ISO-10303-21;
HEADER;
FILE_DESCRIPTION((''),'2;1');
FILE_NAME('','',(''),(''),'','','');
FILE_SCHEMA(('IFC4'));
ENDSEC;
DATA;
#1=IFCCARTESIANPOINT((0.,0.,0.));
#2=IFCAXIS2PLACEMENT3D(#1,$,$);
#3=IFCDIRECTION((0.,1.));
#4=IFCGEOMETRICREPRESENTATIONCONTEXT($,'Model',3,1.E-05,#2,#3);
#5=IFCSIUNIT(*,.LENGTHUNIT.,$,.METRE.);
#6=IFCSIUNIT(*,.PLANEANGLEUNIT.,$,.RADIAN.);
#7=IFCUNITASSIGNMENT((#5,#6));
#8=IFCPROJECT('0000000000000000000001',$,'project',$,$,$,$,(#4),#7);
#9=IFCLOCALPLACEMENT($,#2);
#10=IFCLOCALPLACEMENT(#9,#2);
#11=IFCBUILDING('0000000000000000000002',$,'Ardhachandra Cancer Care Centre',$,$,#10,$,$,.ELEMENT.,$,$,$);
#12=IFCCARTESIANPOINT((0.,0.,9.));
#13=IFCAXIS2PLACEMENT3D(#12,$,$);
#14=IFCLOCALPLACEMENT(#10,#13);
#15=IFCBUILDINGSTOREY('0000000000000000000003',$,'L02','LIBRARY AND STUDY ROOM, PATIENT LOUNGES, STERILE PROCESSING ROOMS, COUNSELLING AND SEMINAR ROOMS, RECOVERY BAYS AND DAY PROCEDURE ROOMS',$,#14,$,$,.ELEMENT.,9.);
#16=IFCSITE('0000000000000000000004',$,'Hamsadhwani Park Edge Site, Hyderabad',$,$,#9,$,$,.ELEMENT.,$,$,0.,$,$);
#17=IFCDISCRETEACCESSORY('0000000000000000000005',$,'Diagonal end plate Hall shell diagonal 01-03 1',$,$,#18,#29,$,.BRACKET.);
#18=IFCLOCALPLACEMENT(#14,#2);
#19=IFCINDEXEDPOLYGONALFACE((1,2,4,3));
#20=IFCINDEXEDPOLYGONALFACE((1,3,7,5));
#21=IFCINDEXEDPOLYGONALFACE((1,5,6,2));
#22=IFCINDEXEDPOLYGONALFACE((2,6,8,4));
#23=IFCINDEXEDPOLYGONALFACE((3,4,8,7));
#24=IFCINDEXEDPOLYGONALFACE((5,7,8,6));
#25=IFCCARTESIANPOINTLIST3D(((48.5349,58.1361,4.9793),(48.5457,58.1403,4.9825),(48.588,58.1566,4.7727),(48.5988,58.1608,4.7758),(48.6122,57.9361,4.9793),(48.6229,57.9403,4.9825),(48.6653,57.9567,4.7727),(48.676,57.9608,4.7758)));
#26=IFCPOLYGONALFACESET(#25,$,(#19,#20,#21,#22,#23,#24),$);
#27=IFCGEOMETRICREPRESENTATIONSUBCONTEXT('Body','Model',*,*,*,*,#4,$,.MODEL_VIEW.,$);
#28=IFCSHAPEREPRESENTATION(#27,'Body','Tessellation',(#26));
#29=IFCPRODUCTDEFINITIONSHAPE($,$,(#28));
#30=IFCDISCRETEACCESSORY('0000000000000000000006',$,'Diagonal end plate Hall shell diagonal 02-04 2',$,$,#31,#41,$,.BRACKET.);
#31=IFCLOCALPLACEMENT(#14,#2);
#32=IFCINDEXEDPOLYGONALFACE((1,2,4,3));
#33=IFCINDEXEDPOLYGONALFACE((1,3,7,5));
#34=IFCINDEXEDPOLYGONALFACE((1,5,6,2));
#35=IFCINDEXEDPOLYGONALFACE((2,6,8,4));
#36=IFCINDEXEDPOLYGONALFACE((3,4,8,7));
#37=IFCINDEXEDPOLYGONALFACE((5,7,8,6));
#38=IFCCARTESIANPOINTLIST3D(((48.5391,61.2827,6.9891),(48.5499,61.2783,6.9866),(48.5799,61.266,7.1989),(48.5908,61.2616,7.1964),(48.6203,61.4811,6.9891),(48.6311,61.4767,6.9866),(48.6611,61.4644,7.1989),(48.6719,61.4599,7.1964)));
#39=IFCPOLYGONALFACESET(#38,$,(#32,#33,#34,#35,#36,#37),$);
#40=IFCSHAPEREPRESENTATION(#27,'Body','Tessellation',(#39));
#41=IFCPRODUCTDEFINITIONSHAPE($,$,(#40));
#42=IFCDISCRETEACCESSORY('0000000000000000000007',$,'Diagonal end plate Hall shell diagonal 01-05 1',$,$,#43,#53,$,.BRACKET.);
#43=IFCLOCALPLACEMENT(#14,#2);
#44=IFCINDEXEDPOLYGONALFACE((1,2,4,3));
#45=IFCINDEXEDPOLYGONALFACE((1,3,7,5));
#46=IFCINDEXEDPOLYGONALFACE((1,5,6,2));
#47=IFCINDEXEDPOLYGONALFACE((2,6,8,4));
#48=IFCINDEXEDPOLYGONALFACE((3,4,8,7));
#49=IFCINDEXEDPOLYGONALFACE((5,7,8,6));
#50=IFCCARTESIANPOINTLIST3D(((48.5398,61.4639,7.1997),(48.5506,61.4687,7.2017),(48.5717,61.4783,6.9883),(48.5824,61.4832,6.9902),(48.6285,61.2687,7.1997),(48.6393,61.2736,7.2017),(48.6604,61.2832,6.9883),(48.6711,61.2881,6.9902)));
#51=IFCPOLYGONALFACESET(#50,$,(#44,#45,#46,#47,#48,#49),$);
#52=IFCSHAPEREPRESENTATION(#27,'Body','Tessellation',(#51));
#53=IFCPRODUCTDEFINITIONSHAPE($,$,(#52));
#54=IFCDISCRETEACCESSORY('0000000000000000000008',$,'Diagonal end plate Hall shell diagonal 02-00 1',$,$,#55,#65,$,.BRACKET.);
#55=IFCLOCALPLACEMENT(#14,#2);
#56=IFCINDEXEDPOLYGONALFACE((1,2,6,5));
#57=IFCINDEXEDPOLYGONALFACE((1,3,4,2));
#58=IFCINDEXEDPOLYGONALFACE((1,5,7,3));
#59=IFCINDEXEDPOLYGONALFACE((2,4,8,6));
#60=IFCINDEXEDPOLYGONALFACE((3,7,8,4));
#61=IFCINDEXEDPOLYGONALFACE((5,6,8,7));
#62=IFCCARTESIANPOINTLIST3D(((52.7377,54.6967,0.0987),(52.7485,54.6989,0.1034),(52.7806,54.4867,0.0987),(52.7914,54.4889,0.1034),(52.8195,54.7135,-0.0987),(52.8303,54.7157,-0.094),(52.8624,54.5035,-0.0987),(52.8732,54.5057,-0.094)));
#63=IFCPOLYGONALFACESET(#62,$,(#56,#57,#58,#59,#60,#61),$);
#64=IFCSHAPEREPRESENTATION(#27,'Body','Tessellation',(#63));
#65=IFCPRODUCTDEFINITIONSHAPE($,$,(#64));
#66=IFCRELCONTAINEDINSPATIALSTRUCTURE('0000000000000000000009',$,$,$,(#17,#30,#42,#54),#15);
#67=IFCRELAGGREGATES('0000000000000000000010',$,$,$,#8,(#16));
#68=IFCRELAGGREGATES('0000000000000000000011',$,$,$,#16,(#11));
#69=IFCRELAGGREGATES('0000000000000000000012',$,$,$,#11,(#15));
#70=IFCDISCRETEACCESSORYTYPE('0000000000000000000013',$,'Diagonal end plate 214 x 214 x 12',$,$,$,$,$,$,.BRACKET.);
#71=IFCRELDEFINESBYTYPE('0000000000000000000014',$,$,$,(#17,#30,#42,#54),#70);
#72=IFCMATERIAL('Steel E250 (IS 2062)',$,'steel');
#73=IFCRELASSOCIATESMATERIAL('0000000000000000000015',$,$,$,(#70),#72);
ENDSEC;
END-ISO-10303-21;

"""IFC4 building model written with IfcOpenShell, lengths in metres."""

from ifc_helpers import new_model, si_unit, direction, frame, origin, origin_2d, place, context, subcontext, project, spatial, rectangle, extrude, material, material_profile, profile_set, type_object, element, save


model = new_model("IFC4")

# Units and contexts
model_context = context("Model", 3, precision=1e-05, world=origin(), true_north=direction((0.0, 1.0)))
body_context = subcontext(model_context, "Body", "Model", "MODEL_VIEW")
ifc_project = project(units=[si_unit("LENGTHUNIT", "METRE"), si_unit("PLANEANGLEUNIT", "RADIAN")], contexts=[model_context])

# Site, building, storey
site_placement = place(None, origin())
site = spatial("IfcSite", under=ifc_project, at=site_placement, Name="Hamsadhwani Park Edge Site, Hyderabad", CompositionType="ELEMENT", RefElevation=0.0)
building_placement = place(site_placement, origin())
building = spatial("IfcBuilding", under=site, at=building_placement, Name="Ardhachandra Cancer Care Centre", CompositionType="ELEMENT")
storey_placement = place(building_placement, frame((0.0, 0.0, 9.0)))
storey = spatial("IfcBuildingStorey", under=building, at=storey_placement, Name="L02", Description="LIBRARY AND STUDY ROOM, PATIENT LOUNGES, STERILE PROCESSING ROOMS, COUNSELLING AND SEMINAR ROOMS, RECOVERY BAYS AND DAY PROCEDURE ROOMS", CompositionType="ELEMENT", Elevation=9.0)

# Discrete accessories
ifc_material_1 = material(Name="Steel E250 (IS 2062)", Category="steel")
ifc_material_profile_1 = material_profile(ifc_material_1, rectangle(XDim=0.2144, YDim=0.2144, at=origin_2d()), Name="PL 214x214x12")
ifc_profile_set_1 = profile_set([ifc_material_profile_1], Name="Steel E250 (IS 2062)")
discrete_accessory_type = type_object("IfcDiscreteAccessoryType", Name="Diagonal end plate 214 x 214 x 12", PredefinedType="BRACKET", material=ifc_profile_set_1)
for number, where, z_axis, x_axis, name in (
    (1, (48.6001, 58.0464, 4.876), (0.899271, 0.347446, 0.265694), (-0.360399, 0.932798, 0.0), "Diagonal end plate Hall shell diagonal 01-03 1"),
    (2, (48.6001, 61.3735, 7.094), (0.905726, -0.370524, -0.205847), (0.378633, 0.925547, 0.0), "Diagonal end plate Hall shell diagonal 02-04 2"),
    (3, (48.6001, 61.3735, 7.094), (0.898146, 0.408248, 0.163299), (-0.413803, 0.910366, 0.0), "Diagonal end plate Hall shell diagonal 01-05 1"),
    (4, (52.8, 54.6001, 0.0), (0.902291, 0.18456, 0.389626), (-0.200396, 0.979715, 0.0), "Diagonal end plate Hall shell diagonal 02-00 1"),
):
    element("IfcDiscreteAccessory", number, at=place(storey_placement, frame(where, z_axis=z_axis, x_axis=x_axis)), inside=storey, type_object=discrete_accessory_type, Name=name, PredefinedType="BRACKET", context=body_context, shape_type="SweptSolid", body=[
        extrude(rectangle(XDim=0.2144, YDim=0.2144, at=origin_2d()), origin(), (0.0, 0.0, 1.0), 0.012),
    ])

save(model, "model.ifc")
